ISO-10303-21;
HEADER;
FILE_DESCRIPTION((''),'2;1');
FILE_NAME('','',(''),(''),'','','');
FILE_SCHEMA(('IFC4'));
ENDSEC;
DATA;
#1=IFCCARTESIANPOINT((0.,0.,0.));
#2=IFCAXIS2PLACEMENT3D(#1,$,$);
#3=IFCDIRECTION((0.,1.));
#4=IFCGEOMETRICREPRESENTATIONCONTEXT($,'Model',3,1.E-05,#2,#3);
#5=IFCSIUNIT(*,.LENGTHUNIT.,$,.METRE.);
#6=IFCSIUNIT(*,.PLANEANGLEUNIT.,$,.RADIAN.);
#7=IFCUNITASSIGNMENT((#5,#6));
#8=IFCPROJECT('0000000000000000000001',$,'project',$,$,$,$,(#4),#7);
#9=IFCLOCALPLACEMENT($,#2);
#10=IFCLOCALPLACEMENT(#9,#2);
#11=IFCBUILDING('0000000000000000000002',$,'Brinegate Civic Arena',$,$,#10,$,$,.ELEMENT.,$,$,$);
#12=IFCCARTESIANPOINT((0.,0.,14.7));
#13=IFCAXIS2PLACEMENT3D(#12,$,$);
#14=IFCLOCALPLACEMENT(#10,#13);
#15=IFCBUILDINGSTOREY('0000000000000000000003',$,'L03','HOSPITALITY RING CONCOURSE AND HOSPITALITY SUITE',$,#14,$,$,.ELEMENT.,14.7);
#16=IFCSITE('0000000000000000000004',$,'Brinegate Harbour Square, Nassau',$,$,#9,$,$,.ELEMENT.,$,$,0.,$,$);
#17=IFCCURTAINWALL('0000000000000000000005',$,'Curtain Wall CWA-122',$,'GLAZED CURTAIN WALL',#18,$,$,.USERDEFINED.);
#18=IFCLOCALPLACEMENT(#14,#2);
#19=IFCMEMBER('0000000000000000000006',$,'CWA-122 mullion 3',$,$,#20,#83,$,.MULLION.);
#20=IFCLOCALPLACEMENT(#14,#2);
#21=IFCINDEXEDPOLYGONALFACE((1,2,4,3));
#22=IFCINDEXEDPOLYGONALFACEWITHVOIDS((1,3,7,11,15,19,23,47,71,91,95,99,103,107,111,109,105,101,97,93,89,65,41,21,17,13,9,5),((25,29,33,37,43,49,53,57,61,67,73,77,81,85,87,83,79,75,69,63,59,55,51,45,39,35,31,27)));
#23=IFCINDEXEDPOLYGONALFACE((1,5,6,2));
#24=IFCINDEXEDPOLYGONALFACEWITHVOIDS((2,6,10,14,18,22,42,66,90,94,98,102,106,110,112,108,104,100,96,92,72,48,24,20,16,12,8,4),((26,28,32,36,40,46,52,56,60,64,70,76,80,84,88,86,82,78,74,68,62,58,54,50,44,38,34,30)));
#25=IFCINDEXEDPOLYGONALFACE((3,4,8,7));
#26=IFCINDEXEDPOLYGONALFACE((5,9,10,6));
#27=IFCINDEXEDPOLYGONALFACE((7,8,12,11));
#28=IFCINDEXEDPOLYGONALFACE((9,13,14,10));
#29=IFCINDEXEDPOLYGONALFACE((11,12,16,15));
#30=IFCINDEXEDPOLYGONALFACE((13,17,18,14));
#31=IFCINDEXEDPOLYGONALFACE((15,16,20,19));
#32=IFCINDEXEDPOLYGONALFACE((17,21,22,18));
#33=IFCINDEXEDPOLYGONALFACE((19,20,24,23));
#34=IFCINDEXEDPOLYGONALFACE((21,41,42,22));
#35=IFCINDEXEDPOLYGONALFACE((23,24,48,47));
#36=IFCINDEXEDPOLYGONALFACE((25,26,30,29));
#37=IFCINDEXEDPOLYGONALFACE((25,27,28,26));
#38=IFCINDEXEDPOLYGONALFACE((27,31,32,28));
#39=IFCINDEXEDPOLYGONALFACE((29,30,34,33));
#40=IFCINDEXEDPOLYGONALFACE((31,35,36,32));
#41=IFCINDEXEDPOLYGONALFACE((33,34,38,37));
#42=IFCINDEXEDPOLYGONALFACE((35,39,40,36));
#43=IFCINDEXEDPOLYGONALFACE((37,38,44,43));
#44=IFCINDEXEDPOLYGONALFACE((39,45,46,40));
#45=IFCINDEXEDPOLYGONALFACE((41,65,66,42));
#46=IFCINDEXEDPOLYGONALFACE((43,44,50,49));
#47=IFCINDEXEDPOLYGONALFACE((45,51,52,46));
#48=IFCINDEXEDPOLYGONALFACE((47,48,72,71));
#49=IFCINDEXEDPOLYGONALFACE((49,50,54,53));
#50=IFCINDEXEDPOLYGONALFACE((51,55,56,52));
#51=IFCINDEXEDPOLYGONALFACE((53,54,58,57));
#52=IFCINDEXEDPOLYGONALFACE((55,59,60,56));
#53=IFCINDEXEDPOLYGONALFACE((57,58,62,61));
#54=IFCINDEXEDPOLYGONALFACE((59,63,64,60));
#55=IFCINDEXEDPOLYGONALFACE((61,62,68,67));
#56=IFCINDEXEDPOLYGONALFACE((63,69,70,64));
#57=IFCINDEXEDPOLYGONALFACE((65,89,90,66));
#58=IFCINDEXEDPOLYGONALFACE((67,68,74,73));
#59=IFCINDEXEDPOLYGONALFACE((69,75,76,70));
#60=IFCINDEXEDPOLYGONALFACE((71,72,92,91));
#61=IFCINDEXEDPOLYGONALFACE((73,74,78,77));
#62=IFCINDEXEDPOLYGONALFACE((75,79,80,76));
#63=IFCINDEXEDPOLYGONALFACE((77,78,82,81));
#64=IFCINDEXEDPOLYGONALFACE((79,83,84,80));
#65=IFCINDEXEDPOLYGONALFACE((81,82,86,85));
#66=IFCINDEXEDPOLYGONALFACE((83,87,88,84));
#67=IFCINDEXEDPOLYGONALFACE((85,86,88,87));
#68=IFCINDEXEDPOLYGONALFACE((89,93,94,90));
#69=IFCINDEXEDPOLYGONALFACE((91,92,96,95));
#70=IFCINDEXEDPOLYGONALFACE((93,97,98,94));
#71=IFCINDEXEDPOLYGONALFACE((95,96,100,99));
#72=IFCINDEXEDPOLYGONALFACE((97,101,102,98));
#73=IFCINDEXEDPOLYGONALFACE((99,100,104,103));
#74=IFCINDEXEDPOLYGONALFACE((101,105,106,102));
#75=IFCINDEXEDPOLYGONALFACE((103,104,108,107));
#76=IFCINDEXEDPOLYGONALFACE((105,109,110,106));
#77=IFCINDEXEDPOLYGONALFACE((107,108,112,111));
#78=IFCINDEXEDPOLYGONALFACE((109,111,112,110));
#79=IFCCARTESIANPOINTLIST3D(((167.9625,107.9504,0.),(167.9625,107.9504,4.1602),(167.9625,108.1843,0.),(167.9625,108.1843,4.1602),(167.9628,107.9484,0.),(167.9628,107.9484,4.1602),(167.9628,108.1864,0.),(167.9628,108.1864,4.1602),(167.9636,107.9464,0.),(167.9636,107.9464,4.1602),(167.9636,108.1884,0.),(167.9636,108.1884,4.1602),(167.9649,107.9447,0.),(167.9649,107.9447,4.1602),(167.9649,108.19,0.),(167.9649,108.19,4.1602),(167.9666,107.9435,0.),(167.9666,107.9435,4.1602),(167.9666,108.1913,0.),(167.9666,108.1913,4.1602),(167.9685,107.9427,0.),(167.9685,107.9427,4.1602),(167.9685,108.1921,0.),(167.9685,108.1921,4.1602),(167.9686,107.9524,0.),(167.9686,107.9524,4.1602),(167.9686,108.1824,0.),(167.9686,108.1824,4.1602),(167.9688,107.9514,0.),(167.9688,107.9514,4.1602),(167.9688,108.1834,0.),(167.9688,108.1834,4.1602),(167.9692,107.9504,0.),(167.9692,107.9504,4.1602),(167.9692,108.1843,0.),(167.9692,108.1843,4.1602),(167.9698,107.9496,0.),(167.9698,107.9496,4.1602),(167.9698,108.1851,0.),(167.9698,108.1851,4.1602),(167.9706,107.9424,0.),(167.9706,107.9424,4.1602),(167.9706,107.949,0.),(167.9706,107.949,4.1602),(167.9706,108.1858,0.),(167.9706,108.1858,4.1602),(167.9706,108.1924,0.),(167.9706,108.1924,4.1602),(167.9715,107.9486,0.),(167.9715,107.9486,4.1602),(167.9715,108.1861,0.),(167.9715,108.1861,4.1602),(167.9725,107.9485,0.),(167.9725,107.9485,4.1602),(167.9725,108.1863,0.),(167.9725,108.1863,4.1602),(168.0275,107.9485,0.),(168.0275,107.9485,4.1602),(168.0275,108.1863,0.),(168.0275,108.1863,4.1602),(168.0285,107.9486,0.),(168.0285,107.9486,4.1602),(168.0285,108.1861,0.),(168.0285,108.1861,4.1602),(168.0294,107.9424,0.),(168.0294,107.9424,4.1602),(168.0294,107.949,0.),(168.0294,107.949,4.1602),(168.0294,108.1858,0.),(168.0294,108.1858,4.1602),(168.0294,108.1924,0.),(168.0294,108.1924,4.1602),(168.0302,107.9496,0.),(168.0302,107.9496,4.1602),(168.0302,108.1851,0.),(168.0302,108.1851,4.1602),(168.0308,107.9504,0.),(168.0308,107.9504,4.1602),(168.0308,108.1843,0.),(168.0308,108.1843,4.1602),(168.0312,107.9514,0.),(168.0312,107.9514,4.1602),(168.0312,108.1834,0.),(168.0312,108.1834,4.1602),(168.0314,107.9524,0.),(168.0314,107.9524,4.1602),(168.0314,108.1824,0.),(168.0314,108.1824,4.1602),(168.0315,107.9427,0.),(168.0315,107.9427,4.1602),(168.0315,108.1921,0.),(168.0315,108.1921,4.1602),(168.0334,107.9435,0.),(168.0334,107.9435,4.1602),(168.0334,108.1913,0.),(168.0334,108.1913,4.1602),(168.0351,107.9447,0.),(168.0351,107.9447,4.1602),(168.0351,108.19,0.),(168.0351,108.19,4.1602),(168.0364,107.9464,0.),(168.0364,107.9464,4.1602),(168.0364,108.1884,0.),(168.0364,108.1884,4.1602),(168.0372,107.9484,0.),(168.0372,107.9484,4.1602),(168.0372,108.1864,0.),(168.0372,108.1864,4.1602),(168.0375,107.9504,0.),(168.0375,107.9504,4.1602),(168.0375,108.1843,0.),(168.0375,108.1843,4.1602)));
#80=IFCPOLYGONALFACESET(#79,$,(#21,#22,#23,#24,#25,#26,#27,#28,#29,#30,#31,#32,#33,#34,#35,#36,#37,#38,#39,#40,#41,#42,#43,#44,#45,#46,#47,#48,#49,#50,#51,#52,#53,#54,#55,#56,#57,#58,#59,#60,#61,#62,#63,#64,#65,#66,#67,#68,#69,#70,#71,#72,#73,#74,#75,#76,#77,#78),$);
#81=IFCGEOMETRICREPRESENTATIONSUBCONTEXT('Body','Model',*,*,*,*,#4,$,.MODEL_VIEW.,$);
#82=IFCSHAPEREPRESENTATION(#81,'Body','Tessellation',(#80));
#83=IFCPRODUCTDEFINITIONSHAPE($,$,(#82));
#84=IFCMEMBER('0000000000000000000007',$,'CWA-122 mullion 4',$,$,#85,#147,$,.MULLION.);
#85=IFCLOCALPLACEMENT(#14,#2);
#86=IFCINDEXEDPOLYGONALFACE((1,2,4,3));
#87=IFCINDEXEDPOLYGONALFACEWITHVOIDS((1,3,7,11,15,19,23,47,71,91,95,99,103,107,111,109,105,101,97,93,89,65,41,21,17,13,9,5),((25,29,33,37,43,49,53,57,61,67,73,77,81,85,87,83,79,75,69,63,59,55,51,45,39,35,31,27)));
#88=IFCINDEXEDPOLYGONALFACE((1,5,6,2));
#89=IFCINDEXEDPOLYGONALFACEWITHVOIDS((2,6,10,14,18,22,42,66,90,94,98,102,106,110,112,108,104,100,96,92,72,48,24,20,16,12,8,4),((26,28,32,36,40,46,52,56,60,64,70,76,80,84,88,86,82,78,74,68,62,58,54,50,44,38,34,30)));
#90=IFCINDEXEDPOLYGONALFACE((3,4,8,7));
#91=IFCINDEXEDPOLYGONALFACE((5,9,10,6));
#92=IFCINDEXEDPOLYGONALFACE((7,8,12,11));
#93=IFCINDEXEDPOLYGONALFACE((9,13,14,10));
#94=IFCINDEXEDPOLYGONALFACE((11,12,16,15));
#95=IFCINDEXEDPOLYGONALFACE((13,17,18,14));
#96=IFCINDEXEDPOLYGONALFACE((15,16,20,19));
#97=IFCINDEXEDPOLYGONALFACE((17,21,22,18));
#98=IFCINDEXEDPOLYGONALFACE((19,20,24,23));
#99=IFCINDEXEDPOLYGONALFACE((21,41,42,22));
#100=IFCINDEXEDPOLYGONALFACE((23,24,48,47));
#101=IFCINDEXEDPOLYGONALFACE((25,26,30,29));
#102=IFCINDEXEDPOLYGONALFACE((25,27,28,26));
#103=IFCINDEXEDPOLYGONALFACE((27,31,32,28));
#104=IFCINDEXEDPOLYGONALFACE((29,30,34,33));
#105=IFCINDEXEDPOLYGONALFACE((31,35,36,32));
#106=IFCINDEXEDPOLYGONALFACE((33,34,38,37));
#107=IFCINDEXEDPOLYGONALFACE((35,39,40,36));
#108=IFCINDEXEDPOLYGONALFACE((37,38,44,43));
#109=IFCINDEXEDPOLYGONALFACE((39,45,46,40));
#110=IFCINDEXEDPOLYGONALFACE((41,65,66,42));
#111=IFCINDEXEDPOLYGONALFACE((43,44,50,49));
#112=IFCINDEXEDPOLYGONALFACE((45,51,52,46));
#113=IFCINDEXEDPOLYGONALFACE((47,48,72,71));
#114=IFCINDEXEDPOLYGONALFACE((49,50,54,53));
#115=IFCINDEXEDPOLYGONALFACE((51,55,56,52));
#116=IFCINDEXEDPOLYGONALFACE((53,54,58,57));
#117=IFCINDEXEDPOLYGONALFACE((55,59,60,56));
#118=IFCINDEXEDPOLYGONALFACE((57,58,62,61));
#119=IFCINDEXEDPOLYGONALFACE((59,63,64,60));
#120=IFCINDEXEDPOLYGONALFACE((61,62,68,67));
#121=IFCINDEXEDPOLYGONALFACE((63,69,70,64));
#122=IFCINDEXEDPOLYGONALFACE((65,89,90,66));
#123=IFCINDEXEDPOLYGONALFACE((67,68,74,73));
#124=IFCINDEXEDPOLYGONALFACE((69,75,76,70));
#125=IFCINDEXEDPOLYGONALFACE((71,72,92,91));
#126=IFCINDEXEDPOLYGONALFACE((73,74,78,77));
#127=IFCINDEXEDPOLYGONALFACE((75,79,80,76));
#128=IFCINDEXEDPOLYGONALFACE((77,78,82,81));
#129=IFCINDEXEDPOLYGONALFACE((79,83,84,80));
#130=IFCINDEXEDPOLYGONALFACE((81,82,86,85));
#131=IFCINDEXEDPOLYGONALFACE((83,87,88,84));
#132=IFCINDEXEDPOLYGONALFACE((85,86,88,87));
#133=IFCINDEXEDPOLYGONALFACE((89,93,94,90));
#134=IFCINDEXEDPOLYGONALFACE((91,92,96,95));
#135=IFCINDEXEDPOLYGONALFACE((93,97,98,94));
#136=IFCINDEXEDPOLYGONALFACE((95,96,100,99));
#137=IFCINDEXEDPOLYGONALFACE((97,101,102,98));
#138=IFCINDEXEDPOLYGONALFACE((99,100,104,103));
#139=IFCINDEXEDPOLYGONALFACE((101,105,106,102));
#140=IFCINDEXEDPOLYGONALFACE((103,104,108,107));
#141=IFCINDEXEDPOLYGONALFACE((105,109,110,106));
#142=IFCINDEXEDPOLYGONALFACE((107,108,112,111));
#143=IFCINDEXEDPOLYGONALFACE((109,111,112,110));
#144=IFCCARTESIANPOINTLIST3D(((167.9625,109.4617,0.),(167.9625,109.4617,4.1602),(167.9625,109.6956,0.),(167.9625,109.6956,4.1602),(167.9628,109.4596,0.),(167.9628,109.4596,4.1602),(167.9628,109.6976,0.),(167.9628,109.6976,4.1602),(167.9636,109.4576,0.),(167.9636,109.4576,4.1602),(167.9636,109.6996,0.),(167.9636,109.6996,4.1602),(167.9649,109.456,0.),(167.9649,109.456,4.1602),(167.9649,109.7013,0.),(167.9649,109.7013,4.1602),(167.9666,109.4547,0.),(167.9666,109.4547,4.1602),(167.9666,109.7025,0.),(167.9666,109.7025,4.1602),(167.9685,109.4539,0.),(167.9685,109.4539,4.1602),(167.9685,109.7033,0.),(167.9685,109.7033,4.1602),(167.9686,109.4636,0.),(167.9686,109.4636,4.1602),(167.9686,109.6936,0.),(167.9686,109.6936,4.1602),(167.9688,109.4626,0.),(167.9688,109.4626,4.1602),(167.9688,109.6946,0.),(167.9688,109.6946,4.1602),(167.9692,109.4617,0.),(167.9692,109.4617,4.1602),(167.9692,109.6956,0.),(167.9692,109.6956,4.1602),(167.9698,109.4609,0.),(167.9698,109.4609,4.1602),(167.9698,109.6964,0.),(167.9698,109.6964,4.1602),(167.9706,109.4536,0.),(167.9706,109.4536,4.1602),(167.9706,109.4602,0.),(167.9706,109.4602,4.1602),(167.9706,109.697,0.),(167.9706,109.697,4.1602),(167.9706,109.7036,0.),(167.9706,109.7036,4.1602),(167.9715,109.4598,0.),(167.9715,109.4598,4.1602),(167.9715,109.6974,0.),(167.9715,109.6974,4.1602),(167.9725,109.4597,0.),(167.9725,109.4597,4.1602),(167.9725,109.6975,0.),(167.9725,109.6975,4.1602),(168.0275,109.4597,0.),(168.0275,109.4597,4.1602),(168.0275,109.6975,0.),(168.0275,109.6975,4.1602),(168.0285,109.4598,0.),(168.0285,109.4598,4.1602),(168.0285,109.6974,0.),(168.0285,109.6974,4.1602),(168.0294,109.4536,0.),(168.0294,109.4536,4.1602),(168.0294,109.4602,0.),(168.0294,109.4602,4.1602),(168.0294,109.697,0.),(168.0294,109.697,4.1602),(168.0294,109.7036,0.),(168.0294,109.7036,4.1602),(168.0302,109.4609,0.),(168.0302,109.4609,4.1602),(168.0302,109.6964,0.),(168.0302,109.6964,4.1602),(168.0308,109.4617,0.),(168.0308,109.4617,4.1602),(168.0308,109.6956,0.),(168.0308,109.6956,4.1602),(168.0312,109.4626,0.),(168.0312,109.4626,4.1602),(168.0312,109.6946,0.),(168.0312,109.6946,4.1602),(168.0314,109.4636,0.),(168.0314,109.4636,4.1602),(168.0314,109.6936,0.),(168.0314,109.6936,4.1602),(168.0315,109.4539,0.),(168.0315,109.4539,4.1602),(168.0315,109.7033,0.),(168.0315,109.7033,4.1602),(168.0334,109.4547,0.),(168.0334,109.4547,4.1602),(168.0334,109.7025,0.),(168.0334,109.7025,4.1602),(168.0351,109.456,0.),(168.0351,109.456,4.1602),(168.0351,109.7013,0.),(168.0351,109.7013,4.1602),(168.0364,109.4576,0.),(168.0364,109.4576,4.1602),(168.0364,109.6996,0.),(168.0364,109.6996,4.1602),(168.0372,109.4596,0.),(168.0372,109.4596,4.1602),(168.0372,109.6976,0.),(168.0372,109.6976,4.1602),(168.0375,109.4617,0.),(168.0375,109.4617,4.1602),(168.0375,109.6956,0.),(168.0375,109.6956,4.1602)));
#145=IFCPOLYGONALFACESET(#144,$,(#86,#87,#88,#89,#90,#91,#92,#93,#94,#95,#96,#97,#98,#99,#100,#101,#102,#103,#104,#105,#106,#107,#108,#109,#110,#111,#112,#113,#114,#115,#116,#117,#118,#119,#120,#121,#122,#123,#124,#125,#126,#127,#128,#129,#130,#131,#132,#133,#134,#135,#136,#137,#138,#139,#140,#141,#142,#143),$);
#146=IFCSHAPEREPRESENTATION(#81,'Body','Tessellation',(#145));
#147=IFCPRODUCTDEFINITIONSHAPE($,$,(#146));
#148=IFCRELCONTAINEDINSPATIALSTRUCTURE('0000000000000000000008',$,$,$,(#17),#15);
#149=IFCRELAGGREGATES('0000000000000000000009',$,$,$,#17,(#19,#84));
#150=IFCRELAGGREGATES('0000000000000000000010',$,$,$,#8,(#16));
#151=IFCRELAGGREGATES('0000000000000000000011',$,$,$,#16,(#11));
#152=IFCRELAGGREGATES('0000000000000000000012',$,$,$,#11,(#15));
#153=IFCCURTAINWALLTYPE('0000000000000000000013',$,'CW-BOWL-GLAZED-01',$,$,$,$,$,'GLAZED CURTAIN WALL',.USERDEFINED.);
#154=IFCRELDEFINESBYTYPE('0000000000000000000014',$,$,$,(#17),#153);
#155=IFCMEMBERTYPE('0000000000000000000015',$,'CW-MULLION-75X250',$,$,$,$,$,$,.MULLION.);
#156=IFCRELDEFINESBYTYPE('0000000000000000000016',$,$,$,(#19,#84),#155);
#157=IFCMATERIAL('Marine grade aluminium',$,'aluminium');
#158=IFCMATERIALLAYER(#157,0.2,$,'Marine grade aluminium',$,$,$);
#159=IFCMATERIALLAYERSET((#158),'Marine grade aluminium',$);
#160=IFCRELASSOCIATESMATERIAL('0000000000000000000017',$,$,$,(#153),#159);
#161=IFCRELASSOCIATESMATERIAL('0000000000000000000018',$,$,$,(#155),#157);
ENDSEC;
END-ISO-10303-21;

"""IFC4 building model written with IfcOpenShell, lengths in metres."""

from ifc_helpers import new_model, si_unit, direction, frame, origin, origin_2d, place, context, subcontext, project, spatial, hollow_rectangle, extrude, material, layer, layer_set, material_profile, profile_set, type_object, element, aggregate, save


model = new_model("IFC4")

# Units and contexts
model_context = context("Model", 3, precision=1e-05, world=origin(), true_north=direction((0.0, 1.0)))
body_context = subcontext(model_context, "Body", "Model", "MODEL_VIEW")
ifc_project = project(units=[si_unit("LENGTHUNIT", "METRE"), si_unit("PLANEANGLEUNIT", "RADIAN")], contexts=[model_context])

# Site, building, storey
site_placement = place(None, origin())
site = spatial("IfcSite", under=ifc_project, at=site_placement, Name="Brinegate Harbour Square, Nassau", CompositionType="ELEMENT", RefElevation=0.0)
building_placement = place(site_placement, origin())
building = spatial("IfcBuilding", under=site, at=building_placement, Name="Brinegate Civic Arena", CompositionType="ELEMENT")
storey_placement = place(building_placement, frame((0.0, 0.0, 14.7)))
storey = spatial("IfcBuildingStorey", under=building, at=storey_placement, Name="L03", Description="HOSPITALITY RING CONCOURSE AND HOSPITALITY SUITE", CompositionType="ELEMENT", Elevation=14.7)

# Curtain wall, members
ifc_material_1 = material(Name="Marine grade aluminium", Category="aluminium")
ifc_layer_1 = layer(ifc_material_1, 0.2, Name="Marine grade aluminium")
ifc_layer_set_1 = layer_set([ifc_layer_1], Name="Marine grade aluminium")
curtain_wall_type = type_object("IfcCurtainWallType", Name="CW-BOWL-GLAZED-01", ElementType="GLAZED CURTAIN WALL", PredefinedType="USERDEFINED", material=ifc_layer_set_1)
curtain_wall_placement = place(storey_placement, origin())
curtain_wall = element("IfcCurtainWall", 1, at=curtain_wall_placement, inside=storey, type_object=curtain_wall_type, Name="Curtain Wall CWA-122", ObjectType="GLAZED CURTAIN WALL", PredefinedType="USERDEFINED")
ifc_material_profile_1 = material_profile(ifc_material_1, hollow_rectangle(XDim=0.075, YDim=0.25, WallThickness=0.0061, InnerFilletRadius=0.0039, OuterFilletRadius=0.0081, at=origin_2d()), Name="MUL75X250")
ifc_profile_set_1 = profile_set([ifc_material_profile_1], Name="Marine grade aluminium")
member_type_1 = type_object("IfcMemberType", Name="CW-MULLION-75X250", PredefinedType="MULLION", material=ifc_profile_set_1)
member_1_placement = place(storey_placement, frame((168.0, 108.0674, 0.0), z_axis=(0.0, 0.0, 1.0), x_axis=(-1.0, 0.0, 0.0)))
member_1 = element("IfcMember", 2, at=member_1_placement, type_object=member_type_1, Name="CWA-122 mullion 3", PredefinedType="MULLION", context=body_context, shape_type="SweptSolid", body=[
    extrude(hollow_rectangle(XDim=0.075, YDim=0.25, WallThickness=0.0061, InnerFilletRadius=0.0039, OuterFilletRadius=0.0081, at=origin_2d()), origin(), (0.0, 0.0, 1.0), 4.1602),
])
member_2_placement = place(storey_placement, frame((168.0, 109.5786, 0.0), z_axis=(0.0, 0.0, 1.0), x_axis=(-1.0, 0.0, 0.0)))
member_2 = element("IfcMember", 3, at=member_2_placement, type_object=member_type_1, Name="CWA-122 mullion 4", PredefinedType="MULLION", context=body_context, shape_type="SweptSolid", body=[
    extrude(hollow_rectangle(XDim=0.075, YDim=0.25, WallThickness=0.0061, InnerFilletRadius=0.0039, OuterFilletRadius=0.0081, at=origin_2d()), origin(), (0.0, 0.0, 1.0), 4.1602),
])
aggregate(curtain_wall, [member_1, member_2])

save(model, "model.ifc")
